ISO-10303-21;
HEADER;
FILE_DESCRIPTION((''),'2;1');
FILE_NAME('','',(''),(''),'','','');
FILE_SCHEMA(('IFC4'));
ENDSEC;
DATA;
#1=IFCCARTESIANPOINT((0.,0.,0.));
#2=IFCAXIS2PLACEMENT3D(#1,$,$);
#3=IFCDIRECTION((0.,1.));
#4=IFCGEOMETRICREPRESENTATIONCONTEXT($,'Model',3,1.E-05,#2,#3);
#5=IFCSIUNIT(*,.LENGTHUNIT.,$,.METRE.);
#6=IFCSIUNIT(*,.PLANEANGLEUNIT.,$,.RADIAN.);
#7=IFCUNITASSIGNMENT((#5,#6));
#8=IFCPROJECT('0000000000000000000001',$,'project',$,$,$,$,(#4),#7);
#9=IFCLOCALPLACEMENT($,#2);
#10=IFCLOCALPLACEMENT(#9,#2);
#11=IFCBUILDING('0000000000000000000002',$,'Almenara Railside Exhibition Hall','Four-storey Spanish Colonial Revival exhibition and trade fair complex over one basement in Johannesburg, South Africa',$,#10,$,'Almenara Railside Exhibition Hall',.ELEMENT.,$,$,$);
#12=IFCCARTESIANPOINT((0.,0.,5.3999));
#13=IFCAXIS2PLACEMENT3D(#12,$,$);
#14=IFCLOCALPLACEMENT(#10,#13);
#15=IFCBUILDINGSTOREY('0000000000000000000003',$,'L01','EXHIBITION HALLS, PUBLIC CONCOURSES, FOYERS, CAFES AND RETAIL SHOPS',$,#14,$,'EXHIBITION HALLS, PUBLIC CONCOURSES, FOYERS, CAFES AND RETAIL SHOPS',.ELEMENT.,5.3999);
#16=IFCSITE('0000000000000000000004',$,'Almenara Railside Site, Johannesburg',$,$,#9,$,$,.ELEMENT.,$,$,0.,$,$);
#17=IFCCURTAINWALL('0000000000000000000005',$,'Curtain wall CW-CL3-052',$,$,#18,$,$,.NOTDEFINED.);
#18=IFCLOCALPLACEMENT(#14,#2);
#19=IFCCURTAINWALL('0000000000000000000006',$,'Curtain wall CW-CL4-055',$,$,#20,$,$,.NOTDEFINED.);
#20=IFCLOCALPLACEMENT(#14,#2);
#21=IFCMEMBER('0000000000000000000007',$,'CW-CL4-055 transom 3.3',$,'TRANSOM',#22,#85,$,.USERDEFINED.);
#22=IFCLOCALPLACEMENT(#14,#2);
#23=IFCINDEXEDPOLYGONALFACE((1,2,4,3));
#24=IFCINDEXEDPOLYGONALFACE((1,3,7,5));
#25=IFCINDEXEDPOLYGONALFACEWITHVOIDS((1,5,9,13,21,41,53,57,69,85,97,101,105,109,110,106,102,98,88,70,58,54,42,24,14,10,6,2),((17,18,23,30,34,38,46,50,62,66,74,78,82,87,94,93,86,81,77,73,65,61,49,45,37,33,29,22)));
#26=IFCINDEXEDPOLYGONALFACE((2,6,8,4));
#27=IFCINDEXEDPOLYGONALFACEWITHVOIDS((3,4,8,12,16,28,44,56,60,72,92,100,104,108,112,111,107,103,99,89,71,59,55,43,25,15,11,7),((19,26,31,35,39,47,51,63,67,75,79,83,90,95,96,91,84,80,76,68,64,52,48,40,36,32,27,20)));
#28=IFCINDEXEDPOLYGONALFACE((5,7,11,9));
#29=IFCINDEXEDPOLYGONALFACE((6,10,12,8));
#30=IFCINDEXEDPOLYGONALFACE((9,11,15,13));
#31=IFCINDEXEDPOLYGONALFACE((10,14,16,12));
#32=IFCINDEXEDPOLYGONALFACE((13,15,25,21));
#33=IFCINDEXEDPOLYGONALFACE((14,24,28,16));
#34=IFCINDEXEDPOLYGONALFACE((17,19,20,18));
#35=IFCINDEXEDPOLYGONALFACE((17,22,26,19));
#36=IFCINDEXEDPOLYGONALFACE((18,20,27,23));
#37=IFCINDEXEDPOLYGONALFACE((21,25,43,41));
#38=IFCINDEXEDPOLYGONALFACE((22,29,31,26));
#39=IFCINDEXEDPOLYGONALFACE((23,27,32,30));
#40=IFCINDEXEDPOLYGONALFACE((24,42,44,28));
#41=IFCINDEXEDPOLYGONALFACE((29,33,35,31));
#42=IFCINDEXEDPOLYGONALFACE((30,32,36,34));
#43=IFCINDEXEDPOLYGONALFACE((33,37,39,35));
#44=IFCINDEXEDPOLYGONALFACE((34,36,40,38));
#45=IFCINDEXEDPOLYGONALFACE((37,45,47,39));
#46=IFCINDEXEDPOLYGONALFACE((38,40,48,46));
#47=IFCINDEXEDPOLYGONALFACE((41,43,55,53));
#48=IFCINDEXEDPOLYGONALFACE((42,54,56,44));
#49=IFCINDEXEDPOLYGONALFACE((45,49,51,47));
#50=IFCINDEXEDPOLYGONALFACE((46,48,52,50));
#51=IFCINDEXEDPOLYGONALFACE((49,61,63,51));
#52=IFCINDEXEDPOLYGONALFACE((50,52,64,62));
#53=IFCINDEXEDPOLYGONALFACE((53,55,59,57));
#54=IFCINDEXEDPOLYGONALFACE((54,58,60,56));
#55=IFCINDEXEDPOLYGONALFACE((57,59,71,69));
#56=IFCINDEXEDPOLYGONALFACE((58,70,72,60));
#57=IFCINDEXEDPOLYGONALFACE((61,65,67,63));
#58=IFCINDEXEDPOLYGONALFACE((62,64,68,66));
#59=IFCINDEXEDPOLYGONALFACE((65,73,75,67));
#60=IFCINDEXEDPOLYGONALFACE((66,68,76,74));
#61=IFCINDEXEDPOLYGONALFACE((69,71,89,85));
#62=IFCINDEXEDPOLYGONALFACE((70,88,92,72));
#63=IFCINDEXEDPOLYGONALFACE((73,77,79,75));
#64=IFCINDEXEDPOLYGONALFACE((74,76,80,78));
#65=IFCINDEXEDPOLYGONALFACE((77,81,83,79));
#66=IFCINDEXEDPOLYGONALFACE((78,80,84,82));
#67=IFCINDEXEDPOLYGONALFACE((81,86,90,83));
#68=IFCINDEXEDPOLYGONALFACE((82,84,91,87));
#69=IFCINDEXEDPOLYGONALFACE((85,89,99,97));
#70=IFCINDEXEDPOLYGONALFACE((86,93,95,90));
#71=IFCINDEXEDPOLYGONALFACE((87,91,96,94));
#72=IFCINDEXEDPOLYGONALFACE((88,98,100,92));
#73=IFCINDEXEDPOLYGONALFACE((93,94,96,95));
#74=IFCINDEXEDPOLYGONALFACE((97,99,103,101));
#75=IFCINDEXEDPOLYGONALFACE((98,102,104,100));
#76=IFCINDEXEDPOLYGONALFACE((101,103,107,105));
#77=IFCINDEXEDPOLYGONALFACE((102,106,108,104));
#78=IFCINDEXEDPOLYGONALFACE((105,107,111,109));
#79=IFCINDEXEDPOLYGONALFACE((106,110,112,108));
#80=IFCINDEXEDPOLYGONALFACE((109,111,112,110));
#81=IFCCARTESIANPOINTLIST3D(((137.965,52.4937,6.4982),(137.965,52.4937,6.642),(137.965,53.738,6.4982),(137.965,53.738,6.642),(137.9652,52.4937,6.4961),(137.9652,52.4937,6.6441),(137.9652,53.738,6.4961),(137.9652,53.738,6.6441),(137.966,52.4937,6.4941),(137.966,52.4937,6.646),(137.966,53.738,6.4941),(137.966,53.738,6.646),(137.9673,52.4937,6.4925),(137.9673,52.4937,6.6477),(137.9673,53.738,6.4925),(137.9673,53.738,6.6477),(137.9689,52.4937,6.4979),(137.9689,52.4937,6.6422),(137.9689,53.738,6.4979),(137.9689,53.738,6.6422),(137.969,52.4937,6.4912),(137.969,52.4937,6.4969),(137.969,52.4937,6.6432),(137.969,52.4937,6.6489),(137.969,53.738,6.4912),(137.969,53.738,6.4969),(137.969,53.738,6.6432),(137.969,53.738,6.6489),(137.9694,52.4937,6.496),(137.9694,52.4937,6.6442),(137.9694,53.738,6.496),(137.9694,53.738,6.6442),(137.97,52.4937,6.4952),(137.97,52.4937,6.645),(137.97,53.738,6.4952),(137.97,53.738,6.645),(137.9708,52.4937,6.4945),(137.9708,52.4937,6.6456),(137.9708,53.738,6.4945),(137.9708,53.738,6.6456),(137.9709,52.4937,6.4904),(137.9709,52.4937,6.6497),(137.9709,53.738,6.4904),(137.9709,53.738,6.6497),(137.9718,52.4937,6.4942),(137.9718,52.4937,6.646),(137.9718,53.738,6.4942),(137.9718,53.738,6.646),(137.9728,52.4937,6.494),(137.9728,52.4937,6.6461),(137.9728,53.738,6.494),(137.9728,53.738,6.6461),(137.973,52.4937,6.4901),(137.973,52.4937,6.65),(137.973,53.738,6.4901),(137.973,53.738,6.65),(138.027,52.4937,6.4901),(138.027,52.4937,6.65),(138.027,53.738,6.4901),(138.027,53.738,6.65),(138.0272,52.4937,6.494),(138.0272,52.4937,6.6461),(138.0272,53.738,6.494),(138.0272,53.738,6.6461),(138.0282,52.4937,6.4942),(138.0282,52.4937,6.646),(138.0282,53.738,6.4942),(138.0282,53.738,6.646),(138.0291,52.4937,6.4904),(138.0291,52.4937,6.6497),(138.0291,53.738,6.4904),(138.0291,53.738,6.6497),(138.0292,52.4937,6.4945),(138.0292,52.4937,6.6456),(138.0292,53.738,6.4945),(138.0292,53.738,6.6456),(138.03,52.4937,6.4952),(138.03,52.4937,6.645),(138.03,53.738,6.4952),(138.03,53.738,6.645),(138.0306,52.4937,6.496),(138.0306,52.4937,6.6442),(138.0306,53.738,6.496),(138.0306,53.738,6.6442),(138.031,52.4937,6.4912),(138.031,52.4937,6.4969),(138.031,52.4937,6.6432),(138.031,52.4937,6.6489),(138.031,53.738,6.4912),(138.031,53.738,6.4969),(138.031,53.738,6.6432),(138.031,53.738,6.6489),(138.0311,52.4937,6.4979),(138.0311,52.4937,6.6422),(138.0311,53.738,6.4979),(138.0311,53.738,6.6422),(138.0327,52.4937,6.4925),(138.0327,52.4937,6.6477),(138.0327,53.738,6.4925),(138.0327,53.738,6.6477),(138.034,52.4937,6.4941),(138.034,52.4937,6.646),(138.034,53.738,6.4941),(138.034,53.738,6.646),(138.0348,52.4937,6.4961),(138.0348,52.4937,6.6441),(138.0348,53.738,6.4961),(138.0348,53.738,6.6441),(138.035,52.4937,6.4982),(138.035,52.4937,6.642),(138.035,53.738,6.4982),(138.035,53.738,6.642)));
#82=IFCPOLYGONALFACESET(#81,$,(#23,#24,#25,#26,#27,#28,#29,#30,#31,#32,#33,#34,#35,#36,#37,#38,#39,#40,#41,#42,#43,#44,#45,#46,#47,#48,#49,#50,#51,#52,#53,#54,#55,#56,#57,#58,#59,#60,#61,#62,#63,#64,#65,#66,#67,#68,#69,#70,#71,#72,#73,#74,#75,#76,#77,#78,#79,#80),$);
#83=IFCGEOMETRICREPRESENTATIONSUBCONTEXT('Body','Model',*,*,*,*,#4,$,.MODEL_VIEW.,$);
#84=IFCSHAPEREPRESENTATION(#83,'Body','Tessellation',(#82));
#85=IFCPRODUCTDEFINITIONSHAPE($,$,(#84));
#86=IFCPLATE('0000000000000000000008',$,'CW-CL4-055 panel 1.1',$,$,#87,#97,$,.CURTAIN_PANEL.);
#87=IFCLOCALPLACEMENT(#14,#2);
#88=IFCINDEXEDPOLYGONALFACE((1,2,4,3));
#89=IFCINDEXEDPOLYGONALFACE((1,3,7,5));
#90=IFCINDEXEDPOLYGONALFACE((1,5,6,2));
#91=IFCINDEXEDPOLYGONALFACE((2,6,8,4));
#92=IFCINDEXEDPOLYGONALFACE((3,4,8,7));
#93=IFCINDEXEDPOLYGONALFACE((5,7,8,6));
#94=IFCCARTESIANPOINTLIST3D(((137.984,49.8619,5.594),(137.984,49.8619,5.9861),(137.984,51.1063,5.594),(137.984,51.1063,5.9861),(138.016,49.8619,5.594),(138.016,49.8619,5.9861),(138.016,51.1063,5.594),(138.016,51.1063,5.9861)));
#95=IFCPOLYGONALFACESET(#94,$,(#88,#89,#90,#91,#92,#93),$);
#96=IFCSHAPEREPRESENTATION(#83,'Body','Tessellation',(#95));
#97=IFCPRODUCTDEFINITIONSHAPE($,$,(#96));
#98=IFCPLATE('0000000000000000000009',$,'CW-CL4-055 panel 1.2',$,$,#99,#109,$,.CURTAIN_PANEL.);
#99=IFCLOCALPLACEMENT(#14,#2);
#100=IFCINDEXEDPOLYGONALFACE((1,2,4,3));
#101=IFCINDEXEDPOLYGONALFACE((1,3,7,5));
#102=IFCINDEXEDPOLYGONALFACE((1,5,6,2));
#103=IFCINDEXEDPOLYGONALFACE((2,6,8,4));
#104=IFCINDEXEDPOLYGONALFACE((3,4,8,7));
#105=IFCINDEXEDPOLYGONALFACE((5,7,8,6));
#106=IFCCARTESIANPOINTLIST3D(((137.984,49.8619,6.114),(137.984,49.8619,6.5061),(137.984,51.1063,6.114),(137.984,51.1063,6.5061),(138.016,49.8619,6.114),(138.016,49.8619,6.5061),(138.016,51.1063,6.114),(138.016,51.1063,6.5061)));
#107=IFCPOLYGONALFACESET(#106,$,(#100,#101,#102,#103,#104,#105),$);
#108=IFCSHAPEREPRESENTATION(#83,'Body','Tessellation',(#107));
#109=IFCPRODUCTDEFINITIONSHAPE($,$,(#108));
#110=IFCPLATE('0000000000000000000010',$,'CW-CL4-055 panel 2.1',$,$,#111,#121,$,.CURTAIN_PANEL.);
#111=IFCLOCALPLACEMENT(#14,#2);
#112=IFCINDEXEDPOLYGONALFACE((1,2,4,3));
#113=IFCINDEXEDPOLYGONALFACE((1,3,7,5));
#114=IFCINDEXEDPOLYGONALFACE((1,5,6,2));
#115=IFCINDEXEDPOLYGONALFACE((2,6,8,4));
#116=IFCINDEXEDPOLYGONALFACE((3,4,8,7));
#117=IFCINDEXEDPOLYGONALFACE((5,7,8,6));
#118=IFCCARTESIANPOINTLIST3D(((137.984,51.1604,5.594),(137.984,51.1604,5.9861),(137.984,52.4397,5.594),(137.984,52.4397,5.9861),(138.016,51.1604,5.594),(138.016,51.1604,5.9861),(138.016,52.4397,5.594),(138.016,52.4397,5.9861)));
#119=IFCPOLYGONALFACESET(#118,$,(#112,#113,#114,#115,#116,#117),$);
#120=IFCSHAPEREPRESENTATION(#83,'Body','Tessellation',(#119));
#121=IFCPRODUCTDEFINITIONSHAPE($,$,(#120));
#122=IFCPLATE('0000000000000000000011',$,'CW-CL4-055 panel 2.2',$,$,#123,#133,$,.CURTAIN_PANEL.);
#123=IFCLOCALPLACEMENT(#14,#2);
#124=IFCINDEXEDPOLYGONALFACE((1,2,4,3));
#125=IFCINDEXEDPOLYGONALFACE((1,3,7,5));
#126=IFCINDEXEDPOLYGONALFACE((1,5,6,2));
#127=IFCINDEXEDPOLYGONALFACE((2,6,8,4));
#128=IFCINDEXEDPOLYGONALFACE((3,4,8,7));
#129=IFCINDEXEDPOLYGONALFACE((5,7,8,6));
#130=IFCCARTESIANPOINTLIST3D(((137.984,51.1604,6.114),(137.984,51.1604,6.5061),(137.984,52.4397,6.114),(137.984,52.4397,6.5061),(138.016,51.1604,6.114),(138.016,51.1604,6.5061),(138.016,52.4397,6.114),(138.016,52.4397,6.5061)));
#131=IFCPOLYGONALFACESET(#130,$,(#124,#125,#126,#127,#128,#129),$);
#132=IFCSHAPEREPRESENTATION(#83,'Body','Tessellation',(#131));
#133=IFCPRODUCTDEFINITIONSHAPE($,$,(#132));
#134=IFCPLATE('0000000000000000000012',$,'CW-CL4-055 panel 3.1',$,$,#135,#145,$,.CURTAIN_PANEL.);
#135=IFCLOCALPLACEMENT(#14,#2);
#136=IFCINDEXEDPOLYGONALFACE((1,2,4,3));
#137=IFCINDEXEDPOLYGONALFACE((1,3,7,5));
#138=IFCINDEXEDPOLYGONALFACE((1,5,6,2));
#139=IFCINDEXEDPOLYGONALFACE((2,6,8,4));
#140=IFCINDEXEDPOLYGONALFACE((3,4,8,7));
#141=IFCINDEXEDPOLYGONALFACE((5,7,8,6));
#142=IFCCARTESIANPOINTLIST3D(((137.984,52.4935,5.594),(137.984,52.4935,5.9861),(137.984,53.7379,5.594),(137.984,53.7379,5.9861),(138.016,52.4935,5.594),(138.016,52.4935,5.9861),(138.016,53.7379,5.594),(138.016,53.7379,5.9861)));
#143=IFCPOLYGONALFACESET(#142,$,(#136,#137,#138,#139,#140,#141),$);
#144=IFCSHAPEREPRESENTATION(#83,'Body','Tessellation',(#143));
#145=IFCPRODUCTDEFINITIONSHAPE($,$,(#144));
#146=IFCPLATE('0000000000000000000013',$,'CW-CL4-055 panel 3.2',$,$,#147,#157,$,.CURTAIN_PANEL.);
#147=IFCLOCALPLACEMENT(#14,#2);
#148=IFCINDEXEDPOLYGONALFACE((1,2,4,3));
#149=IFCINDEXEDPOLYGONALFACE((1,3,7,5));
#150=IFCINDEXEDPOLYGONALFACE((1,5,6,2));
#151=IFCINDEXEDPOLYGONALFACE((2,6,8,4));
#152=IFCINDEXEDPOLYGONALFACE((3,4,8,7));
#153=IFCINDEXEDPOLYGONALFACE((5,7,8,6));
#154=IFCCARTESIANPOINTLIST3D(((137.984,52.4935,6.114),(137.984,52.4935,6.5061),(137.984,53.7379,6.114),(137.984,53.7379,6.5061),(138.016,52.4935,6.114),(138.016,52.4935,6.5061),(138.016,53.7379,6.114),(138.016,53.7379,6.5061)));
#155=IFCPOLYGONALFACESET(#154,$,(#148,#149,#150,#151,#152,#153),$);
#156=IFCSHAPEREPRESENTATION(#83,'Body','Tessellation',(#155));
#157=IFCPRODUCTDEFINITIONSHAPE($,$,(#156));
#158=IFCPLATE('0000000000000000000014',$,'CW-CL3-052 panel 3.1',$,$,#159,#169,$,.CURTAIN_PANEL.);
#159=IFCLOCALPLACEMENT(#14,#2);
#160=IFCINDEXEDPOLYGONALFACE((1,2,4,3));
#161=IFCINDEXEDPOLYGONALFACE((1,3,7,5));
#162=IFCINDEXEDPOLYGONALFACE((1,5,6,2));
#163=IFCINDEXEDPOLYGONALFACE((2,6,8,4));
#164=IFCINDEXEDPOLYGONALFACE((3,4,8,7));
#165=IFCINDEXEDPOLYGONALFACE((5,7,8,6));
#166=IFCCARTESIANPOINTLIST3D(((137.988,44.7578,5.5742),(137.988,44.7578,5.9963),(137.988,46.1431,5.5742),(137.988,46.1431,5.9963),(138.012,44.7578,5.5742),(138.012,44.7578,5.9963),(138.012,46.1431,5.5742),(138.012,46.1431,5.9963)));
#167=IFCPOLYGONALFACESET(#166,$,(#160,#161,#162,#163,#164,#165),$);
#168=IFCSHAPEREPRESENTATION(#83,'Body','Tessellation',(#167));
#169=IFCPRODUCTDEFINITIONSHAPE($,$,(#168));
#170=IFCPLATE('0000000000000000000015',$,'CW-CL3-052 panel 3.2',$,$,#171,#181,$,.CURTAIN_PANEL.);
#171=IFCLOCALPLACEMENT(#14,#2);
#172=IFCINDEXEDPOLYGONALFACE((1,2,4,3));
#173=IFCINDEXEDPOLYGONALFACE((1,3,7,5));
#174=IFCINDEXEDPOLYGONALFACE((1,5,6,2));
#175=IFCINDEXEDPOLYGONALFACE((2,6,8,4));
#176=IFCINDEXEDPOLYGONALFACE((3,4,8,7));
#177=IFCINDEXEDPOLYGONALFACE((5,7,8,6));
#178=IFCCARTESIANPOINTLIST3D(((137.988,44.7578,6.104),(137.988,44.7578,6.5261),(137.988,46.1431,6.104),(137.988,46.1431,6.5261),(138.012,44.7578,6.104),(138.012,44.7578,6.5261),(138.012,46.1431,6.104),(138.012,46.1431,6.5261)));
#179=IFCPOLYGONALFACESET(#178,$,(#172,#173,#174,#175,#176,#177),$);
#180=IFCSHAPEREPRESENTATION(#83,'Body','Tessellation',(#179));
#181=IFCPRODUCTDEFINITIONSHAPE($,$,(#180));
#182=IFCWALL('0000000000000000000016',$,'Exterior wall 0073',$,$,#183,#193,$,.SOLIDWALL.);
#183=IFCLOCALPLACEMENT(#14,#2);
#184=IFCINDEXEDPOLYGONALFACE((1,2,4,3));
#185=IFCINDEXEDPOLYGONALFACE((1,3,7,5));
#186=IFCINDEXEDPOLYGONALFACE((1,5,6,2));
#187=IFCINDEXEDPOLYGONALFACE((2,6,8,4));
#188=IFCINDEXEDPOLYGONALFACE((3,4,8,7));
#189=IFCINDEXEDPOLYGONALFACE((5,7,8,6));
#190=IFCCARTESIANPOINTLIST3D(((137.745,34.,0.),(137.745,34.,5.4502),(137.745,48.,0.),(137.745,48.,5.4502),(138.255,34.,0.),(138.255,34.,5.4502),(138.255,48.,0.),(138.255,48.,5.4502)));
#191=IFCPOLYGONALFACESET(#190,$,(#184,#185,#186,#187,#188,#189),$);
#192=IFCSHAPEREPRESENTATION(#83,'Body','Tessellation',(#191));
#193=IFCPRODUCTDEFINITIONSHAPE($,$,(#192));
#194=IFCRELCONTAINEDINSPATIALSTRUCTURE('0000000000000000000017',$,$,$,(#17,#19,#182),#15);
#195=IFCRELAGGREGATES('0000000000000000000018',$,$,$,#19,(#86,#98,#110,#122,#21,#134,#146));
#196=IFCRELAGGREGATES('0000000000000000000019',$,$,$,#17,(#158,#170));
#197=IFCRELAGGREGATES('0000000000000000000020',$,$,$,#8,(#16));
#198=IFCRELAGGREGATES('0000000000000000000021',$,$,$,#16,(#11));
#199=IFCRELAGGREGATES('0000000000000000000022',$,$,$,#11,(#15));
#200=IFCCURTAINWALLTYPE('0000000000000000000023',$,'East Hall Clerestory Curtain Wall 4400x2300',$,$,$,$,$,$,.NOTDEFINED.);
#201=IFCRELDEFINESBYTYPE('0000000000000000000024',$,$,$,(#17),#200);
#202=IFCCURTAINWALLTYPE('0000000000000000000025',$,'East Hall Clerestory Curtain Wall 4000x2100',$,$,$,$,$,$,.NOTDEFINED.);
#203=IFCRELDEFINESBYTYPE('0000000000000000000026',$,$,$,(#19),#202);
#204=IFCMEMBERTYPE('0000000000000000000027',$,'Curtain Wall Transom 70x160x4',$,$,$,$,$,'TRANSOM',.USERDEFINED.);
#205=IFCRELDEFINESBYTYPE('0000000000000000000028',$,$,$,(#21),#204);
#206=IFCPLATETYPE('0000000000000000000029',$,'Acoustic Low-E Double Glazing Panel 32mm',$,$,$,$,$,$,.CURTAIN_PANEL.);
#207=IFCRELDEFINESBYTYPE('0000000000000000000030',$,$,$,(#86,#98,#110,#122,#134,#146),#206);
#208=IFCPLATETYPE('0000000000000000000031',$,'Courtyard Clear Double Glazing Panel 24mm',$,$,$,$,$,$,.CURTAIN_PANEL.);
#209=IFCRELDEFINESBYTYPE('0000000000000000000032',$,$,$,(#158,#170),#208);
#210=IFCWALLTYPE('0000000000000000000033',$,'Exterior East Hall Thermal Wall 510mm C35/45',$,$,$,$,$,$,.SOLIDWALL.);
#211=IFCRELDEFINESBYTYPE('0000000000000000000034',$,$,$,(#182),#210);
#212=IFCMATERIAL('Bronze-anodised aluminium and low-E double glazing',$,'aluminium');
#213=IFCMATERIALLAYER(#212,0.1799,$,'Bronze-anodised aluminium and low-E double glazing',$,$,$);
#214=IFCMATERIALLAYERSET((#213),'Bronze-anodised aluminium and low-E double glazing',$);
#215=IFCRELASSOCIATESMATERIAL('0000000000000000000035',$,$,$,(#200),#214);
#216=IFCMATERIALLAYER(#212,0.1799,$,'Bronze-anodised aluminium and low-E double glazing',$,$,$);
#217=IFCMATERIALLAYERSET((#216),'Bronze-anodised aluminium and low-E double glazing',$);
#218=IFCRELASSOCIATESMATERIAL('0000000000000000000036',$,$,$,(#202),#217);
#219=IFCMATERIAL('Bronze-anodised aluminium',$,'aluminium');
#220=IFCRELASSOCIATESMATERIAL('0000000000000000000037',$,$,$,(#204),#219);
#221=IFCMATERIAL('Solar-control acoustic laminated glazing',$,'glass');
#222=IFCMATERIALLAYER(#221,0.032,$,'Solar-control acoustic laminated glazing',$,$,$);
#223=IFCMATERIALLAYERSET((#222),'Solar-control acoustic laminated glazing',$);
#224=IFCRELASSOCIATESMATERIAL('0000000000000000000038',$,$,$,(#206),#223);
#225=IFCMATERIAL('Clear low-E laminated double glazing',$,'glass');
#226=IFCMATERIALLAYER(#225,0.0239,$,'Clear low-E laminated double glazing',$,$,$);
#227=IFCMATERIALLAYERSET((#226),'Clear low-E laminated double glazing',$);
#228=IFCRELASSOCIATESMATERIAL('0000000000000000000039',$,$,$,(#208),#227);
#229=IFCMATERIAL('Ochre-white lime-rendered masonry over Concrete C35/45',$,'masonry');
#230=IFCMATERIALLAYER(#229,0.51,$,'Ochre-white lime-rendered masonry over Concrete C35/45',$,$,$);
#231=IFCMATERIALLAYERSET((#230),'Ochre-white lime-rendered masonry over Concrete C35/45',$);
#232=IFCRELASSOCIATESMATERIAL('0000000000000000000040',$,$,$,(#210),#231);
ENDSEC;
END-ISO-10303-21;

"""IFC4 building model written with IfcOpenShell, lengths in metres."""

from ifc_helpers import new_model, si_unit, direction, frame, frame_2d, origin, origin_2d, place, context, subcontext, project, spatial, rectangle, hollow_rectangle, extrude, material, layer, layer_set, material_profile, profile_set, type_object, element, aggregate, save


model = new_model("IFC4")

# Units and contexts
model_context = context("Model", 3, precision=1e-05, world=origin(), true_north=direction((0.0, 1.0)))
body_context = subcontext(model_context, "Body", "Model", "MODEL_VIEW")
ifc_project = project(units=[si_unit("LENGTHUNIT", "METRE"), si_unit("PLANEANGLEUNIT", "RADIAN")], contexts=[model_context])

# Site, building, storey
site_placement = place(None, origin())
site = spatial("IfcSite", under=ifc_project, at=site_placement, Name="Almenara Railside Site, Johannesburg", CompositionType="ELEMENT", RefElevation=0.0)
building_placement = place(site_placement, origin())
building = spatial("IfcBuilding", under=site, at=building_placement, Name="Almenara Railside Exhibition Hall", Description="Four-storey Spanish Colonial Revival exhibition and trade fair complex over one basement in Johannesburg, South Africa", LongName="Almenara Railside Exhibition Hall", CompositionType="ELEMENT")
storey_placement = place(building_placement, frame((0.0, 0.0, 5.3999)))
storey = spatial("IfcBuildingStorey", under=building, at=storey_placement, Name="L01", Description="EXHIBITION HALLS, PUBLIC CONCOURSES, FOYERS, CAFES AND RETAIL SHOPS", LongName="EXHIBITION HALLS, PUBLIC CONCOURSES, FOYERS, CAFES AND RETAIL SHOPS", CompositionType="ELEMENT", Elevation=5.3999)

# Curtain wall
ifc_material_1 = material(Name="Bronze-anodised aluminium and low-E double glazing", Category="aluminium")
ifc_layer_1 = layer(ifc_material_1, 0.1799, Name="Bronze-anodised aluminium and low-E double glazing")
ifc_layer_set_1 = layer_set([ifc_layer_1], Name="Bronze-anodised aluminium and low-E double glazing")
curtain_wall_type_1 = type_object("IfcCurtainWallType", Name="East Hall Clerestory Curtain Wall 4400x2300", PredefinedType="NOTDEFINED", material=ifc_layer_set_1)
curtain_wall_1_placement = place(storey_placement, origin())
curtain_wall_1 = element("IfcCurtainWall", 1, at=curtain_wall_1_placement, inside=storey, type_object=curtain_wall_type_1, Name="Curtain wall CW-CL3-052", PredefinedType="NOTDEFINED")
ifc_material_2 = material(Name="Bronze-anodised aluminium", Category="aluminium")

# Curtain wall, member, plates
ifc_layer_2 = layer(ifc_material_1, 0.1799, Name="Bronze-anodised aluminium and low-E double glazing")
ifc_layer_set_2 = layer_set([ifc_layer_2], Name="Bronze-anodised aluminium and low-E double glazing")
curtain_wall_type_2 = type_object("IfcCurtainWallType", Name="East Hall Clerestory Curtain Wall 4000x2100", PredefinedType="NOTDEFINED", material=ifc_layer_set_2)
curtain_wall_2_placement = place(storey_placement, origin())
curtain_wall_2 = element("IfcCurtainWall", 2, at=curtain_wall_2_placement, inside=storey, type_object=curtain_wall_type_2, Name="Curtain wall CW-CL4-055", PredefinedType="NOTDEFINED")
ifc_material_profile_1 = material_profile(ifc_material_2, hollow_rectangle(XDim=0.0701, YDim=0.1599, WallThickness=0.0039, InnerFilletRadius=0.0039, OuterFilletRadius=0.0081, at=origin_2d()), Name="ALU-TRN 70x160x4")
ifc_profile_set_1 = profile_set([ifc_material_profile_1], Name="Bronze-anodised aluminium")
member_type_1 = type_object("IfcMemberType", Name="Curtain Wall Transom 70x160x4", ElementType="TRANSOM", PredefinedType="USERDEFINED", material=ifc_profile_set_1)
member_1_placement = place(storey_placement, frame((138.0, 52.4937, 6.5701), z_axis=(0.0, 1.0, 0.0), x_axis=(-1.0, 0.0, 0.0)))
member_1 = element("IfcMember", 3, at=member_1_placement, type_object=member_type_1, Name="CW-CL4-055 transom 3.3", ObjectType="TRANSOM", PredefinedType="USERDEFINED", context=body_context, shape_type="SweptSolid", body=[
    extrude(hollow_rectangle(XDim=0.0701, YDim=0.1599, WallThickness=0.0039, InnerFilletRadius=0.0039, OuterFilletRadius=0.0081, at=origin_2d()), origin(), (0.0, 0.0, 1.0), 1.2444),
])
ifc_material_3 = material(Name="Solar-control acoustic laminated glazing", Category="glass")
ifc_layer_3 = layer(ifc_material_3, 0.032, Name="Solar-control acoustic laminated glazing")
ifc_layer_set_3 = layer_set([ifc_layer_3], Name="Solar-control acoustic laminated glazing")
plate_type_1 = type_object("IfcPlateType", Name="Acoustic Low-E Double Glazing Panel 32mm", PredefinedType="CURTAIN_PANEL", material=ifc_layer_set_3)
plate_1_placement = place(storey_placement, frame((138.0, 50.4841, 5.594), z_axis=(0.0, 0.0, 1.0), x_axis=(0.0, 1.0, 0.0)))
plate_1 = element("IfcPlate", 4, at=plate_1_placement, type_object=plate_type_1, Name="CW-CL4-055 panel 1.1", PredefinedType="CURTAIN_PANEL", context=body_context, shape_type="SweptSolid", body=[
    extrude(rectangle(XDim=1.2444, YDim=0.032, at=origin_2d()), origin(), (0.0, 0.0, 1.0), 0.3921),
])
plate_2_placement = place(storey_placement, frame((138.0, 50.4841, 6.114), z_axis=(0.0, 0.0, 1.0), x_axis=(0.0, 1.0, 0.0)))
plate_2 = element("IfcPlate", 5, at=plate_2_placement, type_object=plate_type_1, Name="CW-CL4-055 panel 1.2", PredefinedType="CURTAIN_PANEL", context=body_context, shape_type="SweptSolid", body=[
    extrude(rectangle(XDim=1.2444, YDim=0.032, at=origin_2d()), origin(), (0.0, 0.0, 1.0), 0.3921),
])
plate_3_placement = place(storey_placement, frame((138.0, 51.8, 5.594), z_axis=(0.0, 0.0, 1.0), x_axis=(0.0, 1.0, 0.0)))
plate_3 = element("IfcPlate", 6, at=plate_3_placement, type_object=plate_type_1, Name="CW-CL4-055 panel 2.1", PredefinedType="CURTAIN_PANEL", context=body_context, shape_type="SweptSolid", body=[
    extrude(rectangle(XDim=1.2793, YDim=0.032, at=origin_2d()), origin(), (0.0, 0.0, 1.0), 0.3921),
])
plate_4_placement = place(storey_placement, frame((138.0, 51.8, 6.114), z_axis=(0.0, 0.0, 1.0), x_axis=(0.0, 1.0, 0.0)))
plate_4 = element("IfcPlate", 7, at=plate_4_placement, type_object=plate_type_1, Name="CW-CL4-055 panel 2.2", PredefinedType="CURTAIN_PANEL", context=body_context, shape_type="SweptSolid", body=[
    extrude(rectangle(XDim=1.2793, YDim=0.032, at=origin_2d()), origin(), (0.0, 0.0, 1.0), 0.3921),
])
plate_5_placement = place(storey_placement, frame((138.0, 53.1157, 5.594), z_axis=(0.0, 0.0, 1.0), x_axis=(0.0, 1.0, 0.0)))
plate_5 = element("IfcPlate", 8, at=plate_5_placement, type_object=plate_type_1, Name="CW-CL4-055 panel 3.1", PredefinedType="CURTAIN_PANEL", context=body_context, shape_type="SweptSolid", body=[
    extrude(rectangle(XDim=1.2444, YDim=0.032, at=origin_2d()), origin(), (0.0, 0.0, 1.0), 0.3921),
])
plate_6_placement = place(storey_placement, frame((138.0, 53.1157, 6.114), z_axis=(0.0, 0.0, 1.0), x_axis=(0.0, 1.0, 0.0)))
plate_6 = element("IfcPlate", 9, at=plate_6_placement, type_object=plate_type_1, Name="CW-CL4-055 panel 3.2", PredefinedType="CURTAIN_PANEL", context=body_context, shape_type="SweptSolid", body=[
    extrude(rectangle(XDim=1.2444, YDim=0.032, at=origin_2d()), origin(), (0.0, 0.0, 1.0), 0.3921),
])
aggregate(curtain_wall_2, [plate_1, plate_2, plate_3, plate_4, member_1, plate_5, plate_6])

# Plates
ifc_material_4 = material(Name="Clear low-E laminated double glazing", Category="glass")
ifc_layer_4 = layer(ifc_material_4, 0.0239, Name="Clear low-E laminated double glazing")
ifc_layer_set_4 = layer_set([ifc_layer_4], Name="Clear low-E laminated double glazing")
plate_type_2 = type_object("IfcPlateType", Name="Courtyard Clear Double Glazing Panel 24mm", PredefinedType="CURTAIN_PANEL", material=ifc_layer_set_4)
plate_7_placement = place(storey_placement, frame((138.0, 45.4504, 5.5742), z_axis=(0.0, 0.0, 1.0), x_axis=(0.0, 1.0, 0.0)))
plate_7 = element("IfcPlate", 10, at=plate_7_placement, type_object=plate_type_2, Name="CW-CL3-052 panel 3.1", PredefinedType="CURTAIN_PANEL", context=body_context, shape_type="SweptSolid", body=[
    extrude(rectangle(XDim=1.3853, YDim=0.0239, at=origin_2d()), origin(), (0.0, 0.0, 1.0), 0.4221),
])
plate_8_placement = place(storey_placement, frame((138.0, 45.4504, 6.104), z_axis=(0.0, 0.0, 1.0), x_axis=(0.0, 1.0, 0.0)))
plate_8 = element("IfcPlate", 11, at=plate_8_placement, type_object=plate_type_2, Name="CW-CL3-052 panel 3.2", PredefinedType="CURTAIN_PANEL", context=body_context, shape_type="SweptSolid", body=[
    extrude(rectangle(XDim=1.3853, YDim=0.0239, at=origin_2d()), origin(), (0.0, 0.0, 1.0), 0.4221),
])
aggregate(curtain_wall_1, [plate_7, plate_8])

# Wall
ifc_material_5 = material(Name="Ochre-white lime-rendered masonry over Concrete C35/45", Category="masonry")
ifc_layer_5 = layer(ifc_material_5, 0.51, Name="Ochre-white lime-rendered masonry over Concrete C35/45")
ifc_layer_set_5 = layer_set([ifc_layer_5], Name="Ochre-white lime-rendered masonry over Concrete C35/45")
wall_type = type_object("IfcWallType", Name="Exterior East Hall Thermal Wall 510mm C35/45", PredefinedType="SOLIDWALL", material=ifc_layer_set_5)
wall_placement = place(storey_placement, frame((138.0, 48.0, 0.0), z_axis=(0.0, 0.0, 1.0), x_axis=(0.0, -1.0, 0.0)))
element("IfcWall", 12, at=wall_placement, inside=storey, type_object=wall_type, Name="Exterior wall 0073", PredefinedType="SOLIDWALL", context=body_context, shape_type="SweptSolid", body=[
    extrude(rectangle(XDim=14.0, YDim=0.51, at=frame_2d((7.0, 0.0))), origin(), (0.0, 0.0, 1.0), 5.4502),
])

save(model, "model.ifc")
